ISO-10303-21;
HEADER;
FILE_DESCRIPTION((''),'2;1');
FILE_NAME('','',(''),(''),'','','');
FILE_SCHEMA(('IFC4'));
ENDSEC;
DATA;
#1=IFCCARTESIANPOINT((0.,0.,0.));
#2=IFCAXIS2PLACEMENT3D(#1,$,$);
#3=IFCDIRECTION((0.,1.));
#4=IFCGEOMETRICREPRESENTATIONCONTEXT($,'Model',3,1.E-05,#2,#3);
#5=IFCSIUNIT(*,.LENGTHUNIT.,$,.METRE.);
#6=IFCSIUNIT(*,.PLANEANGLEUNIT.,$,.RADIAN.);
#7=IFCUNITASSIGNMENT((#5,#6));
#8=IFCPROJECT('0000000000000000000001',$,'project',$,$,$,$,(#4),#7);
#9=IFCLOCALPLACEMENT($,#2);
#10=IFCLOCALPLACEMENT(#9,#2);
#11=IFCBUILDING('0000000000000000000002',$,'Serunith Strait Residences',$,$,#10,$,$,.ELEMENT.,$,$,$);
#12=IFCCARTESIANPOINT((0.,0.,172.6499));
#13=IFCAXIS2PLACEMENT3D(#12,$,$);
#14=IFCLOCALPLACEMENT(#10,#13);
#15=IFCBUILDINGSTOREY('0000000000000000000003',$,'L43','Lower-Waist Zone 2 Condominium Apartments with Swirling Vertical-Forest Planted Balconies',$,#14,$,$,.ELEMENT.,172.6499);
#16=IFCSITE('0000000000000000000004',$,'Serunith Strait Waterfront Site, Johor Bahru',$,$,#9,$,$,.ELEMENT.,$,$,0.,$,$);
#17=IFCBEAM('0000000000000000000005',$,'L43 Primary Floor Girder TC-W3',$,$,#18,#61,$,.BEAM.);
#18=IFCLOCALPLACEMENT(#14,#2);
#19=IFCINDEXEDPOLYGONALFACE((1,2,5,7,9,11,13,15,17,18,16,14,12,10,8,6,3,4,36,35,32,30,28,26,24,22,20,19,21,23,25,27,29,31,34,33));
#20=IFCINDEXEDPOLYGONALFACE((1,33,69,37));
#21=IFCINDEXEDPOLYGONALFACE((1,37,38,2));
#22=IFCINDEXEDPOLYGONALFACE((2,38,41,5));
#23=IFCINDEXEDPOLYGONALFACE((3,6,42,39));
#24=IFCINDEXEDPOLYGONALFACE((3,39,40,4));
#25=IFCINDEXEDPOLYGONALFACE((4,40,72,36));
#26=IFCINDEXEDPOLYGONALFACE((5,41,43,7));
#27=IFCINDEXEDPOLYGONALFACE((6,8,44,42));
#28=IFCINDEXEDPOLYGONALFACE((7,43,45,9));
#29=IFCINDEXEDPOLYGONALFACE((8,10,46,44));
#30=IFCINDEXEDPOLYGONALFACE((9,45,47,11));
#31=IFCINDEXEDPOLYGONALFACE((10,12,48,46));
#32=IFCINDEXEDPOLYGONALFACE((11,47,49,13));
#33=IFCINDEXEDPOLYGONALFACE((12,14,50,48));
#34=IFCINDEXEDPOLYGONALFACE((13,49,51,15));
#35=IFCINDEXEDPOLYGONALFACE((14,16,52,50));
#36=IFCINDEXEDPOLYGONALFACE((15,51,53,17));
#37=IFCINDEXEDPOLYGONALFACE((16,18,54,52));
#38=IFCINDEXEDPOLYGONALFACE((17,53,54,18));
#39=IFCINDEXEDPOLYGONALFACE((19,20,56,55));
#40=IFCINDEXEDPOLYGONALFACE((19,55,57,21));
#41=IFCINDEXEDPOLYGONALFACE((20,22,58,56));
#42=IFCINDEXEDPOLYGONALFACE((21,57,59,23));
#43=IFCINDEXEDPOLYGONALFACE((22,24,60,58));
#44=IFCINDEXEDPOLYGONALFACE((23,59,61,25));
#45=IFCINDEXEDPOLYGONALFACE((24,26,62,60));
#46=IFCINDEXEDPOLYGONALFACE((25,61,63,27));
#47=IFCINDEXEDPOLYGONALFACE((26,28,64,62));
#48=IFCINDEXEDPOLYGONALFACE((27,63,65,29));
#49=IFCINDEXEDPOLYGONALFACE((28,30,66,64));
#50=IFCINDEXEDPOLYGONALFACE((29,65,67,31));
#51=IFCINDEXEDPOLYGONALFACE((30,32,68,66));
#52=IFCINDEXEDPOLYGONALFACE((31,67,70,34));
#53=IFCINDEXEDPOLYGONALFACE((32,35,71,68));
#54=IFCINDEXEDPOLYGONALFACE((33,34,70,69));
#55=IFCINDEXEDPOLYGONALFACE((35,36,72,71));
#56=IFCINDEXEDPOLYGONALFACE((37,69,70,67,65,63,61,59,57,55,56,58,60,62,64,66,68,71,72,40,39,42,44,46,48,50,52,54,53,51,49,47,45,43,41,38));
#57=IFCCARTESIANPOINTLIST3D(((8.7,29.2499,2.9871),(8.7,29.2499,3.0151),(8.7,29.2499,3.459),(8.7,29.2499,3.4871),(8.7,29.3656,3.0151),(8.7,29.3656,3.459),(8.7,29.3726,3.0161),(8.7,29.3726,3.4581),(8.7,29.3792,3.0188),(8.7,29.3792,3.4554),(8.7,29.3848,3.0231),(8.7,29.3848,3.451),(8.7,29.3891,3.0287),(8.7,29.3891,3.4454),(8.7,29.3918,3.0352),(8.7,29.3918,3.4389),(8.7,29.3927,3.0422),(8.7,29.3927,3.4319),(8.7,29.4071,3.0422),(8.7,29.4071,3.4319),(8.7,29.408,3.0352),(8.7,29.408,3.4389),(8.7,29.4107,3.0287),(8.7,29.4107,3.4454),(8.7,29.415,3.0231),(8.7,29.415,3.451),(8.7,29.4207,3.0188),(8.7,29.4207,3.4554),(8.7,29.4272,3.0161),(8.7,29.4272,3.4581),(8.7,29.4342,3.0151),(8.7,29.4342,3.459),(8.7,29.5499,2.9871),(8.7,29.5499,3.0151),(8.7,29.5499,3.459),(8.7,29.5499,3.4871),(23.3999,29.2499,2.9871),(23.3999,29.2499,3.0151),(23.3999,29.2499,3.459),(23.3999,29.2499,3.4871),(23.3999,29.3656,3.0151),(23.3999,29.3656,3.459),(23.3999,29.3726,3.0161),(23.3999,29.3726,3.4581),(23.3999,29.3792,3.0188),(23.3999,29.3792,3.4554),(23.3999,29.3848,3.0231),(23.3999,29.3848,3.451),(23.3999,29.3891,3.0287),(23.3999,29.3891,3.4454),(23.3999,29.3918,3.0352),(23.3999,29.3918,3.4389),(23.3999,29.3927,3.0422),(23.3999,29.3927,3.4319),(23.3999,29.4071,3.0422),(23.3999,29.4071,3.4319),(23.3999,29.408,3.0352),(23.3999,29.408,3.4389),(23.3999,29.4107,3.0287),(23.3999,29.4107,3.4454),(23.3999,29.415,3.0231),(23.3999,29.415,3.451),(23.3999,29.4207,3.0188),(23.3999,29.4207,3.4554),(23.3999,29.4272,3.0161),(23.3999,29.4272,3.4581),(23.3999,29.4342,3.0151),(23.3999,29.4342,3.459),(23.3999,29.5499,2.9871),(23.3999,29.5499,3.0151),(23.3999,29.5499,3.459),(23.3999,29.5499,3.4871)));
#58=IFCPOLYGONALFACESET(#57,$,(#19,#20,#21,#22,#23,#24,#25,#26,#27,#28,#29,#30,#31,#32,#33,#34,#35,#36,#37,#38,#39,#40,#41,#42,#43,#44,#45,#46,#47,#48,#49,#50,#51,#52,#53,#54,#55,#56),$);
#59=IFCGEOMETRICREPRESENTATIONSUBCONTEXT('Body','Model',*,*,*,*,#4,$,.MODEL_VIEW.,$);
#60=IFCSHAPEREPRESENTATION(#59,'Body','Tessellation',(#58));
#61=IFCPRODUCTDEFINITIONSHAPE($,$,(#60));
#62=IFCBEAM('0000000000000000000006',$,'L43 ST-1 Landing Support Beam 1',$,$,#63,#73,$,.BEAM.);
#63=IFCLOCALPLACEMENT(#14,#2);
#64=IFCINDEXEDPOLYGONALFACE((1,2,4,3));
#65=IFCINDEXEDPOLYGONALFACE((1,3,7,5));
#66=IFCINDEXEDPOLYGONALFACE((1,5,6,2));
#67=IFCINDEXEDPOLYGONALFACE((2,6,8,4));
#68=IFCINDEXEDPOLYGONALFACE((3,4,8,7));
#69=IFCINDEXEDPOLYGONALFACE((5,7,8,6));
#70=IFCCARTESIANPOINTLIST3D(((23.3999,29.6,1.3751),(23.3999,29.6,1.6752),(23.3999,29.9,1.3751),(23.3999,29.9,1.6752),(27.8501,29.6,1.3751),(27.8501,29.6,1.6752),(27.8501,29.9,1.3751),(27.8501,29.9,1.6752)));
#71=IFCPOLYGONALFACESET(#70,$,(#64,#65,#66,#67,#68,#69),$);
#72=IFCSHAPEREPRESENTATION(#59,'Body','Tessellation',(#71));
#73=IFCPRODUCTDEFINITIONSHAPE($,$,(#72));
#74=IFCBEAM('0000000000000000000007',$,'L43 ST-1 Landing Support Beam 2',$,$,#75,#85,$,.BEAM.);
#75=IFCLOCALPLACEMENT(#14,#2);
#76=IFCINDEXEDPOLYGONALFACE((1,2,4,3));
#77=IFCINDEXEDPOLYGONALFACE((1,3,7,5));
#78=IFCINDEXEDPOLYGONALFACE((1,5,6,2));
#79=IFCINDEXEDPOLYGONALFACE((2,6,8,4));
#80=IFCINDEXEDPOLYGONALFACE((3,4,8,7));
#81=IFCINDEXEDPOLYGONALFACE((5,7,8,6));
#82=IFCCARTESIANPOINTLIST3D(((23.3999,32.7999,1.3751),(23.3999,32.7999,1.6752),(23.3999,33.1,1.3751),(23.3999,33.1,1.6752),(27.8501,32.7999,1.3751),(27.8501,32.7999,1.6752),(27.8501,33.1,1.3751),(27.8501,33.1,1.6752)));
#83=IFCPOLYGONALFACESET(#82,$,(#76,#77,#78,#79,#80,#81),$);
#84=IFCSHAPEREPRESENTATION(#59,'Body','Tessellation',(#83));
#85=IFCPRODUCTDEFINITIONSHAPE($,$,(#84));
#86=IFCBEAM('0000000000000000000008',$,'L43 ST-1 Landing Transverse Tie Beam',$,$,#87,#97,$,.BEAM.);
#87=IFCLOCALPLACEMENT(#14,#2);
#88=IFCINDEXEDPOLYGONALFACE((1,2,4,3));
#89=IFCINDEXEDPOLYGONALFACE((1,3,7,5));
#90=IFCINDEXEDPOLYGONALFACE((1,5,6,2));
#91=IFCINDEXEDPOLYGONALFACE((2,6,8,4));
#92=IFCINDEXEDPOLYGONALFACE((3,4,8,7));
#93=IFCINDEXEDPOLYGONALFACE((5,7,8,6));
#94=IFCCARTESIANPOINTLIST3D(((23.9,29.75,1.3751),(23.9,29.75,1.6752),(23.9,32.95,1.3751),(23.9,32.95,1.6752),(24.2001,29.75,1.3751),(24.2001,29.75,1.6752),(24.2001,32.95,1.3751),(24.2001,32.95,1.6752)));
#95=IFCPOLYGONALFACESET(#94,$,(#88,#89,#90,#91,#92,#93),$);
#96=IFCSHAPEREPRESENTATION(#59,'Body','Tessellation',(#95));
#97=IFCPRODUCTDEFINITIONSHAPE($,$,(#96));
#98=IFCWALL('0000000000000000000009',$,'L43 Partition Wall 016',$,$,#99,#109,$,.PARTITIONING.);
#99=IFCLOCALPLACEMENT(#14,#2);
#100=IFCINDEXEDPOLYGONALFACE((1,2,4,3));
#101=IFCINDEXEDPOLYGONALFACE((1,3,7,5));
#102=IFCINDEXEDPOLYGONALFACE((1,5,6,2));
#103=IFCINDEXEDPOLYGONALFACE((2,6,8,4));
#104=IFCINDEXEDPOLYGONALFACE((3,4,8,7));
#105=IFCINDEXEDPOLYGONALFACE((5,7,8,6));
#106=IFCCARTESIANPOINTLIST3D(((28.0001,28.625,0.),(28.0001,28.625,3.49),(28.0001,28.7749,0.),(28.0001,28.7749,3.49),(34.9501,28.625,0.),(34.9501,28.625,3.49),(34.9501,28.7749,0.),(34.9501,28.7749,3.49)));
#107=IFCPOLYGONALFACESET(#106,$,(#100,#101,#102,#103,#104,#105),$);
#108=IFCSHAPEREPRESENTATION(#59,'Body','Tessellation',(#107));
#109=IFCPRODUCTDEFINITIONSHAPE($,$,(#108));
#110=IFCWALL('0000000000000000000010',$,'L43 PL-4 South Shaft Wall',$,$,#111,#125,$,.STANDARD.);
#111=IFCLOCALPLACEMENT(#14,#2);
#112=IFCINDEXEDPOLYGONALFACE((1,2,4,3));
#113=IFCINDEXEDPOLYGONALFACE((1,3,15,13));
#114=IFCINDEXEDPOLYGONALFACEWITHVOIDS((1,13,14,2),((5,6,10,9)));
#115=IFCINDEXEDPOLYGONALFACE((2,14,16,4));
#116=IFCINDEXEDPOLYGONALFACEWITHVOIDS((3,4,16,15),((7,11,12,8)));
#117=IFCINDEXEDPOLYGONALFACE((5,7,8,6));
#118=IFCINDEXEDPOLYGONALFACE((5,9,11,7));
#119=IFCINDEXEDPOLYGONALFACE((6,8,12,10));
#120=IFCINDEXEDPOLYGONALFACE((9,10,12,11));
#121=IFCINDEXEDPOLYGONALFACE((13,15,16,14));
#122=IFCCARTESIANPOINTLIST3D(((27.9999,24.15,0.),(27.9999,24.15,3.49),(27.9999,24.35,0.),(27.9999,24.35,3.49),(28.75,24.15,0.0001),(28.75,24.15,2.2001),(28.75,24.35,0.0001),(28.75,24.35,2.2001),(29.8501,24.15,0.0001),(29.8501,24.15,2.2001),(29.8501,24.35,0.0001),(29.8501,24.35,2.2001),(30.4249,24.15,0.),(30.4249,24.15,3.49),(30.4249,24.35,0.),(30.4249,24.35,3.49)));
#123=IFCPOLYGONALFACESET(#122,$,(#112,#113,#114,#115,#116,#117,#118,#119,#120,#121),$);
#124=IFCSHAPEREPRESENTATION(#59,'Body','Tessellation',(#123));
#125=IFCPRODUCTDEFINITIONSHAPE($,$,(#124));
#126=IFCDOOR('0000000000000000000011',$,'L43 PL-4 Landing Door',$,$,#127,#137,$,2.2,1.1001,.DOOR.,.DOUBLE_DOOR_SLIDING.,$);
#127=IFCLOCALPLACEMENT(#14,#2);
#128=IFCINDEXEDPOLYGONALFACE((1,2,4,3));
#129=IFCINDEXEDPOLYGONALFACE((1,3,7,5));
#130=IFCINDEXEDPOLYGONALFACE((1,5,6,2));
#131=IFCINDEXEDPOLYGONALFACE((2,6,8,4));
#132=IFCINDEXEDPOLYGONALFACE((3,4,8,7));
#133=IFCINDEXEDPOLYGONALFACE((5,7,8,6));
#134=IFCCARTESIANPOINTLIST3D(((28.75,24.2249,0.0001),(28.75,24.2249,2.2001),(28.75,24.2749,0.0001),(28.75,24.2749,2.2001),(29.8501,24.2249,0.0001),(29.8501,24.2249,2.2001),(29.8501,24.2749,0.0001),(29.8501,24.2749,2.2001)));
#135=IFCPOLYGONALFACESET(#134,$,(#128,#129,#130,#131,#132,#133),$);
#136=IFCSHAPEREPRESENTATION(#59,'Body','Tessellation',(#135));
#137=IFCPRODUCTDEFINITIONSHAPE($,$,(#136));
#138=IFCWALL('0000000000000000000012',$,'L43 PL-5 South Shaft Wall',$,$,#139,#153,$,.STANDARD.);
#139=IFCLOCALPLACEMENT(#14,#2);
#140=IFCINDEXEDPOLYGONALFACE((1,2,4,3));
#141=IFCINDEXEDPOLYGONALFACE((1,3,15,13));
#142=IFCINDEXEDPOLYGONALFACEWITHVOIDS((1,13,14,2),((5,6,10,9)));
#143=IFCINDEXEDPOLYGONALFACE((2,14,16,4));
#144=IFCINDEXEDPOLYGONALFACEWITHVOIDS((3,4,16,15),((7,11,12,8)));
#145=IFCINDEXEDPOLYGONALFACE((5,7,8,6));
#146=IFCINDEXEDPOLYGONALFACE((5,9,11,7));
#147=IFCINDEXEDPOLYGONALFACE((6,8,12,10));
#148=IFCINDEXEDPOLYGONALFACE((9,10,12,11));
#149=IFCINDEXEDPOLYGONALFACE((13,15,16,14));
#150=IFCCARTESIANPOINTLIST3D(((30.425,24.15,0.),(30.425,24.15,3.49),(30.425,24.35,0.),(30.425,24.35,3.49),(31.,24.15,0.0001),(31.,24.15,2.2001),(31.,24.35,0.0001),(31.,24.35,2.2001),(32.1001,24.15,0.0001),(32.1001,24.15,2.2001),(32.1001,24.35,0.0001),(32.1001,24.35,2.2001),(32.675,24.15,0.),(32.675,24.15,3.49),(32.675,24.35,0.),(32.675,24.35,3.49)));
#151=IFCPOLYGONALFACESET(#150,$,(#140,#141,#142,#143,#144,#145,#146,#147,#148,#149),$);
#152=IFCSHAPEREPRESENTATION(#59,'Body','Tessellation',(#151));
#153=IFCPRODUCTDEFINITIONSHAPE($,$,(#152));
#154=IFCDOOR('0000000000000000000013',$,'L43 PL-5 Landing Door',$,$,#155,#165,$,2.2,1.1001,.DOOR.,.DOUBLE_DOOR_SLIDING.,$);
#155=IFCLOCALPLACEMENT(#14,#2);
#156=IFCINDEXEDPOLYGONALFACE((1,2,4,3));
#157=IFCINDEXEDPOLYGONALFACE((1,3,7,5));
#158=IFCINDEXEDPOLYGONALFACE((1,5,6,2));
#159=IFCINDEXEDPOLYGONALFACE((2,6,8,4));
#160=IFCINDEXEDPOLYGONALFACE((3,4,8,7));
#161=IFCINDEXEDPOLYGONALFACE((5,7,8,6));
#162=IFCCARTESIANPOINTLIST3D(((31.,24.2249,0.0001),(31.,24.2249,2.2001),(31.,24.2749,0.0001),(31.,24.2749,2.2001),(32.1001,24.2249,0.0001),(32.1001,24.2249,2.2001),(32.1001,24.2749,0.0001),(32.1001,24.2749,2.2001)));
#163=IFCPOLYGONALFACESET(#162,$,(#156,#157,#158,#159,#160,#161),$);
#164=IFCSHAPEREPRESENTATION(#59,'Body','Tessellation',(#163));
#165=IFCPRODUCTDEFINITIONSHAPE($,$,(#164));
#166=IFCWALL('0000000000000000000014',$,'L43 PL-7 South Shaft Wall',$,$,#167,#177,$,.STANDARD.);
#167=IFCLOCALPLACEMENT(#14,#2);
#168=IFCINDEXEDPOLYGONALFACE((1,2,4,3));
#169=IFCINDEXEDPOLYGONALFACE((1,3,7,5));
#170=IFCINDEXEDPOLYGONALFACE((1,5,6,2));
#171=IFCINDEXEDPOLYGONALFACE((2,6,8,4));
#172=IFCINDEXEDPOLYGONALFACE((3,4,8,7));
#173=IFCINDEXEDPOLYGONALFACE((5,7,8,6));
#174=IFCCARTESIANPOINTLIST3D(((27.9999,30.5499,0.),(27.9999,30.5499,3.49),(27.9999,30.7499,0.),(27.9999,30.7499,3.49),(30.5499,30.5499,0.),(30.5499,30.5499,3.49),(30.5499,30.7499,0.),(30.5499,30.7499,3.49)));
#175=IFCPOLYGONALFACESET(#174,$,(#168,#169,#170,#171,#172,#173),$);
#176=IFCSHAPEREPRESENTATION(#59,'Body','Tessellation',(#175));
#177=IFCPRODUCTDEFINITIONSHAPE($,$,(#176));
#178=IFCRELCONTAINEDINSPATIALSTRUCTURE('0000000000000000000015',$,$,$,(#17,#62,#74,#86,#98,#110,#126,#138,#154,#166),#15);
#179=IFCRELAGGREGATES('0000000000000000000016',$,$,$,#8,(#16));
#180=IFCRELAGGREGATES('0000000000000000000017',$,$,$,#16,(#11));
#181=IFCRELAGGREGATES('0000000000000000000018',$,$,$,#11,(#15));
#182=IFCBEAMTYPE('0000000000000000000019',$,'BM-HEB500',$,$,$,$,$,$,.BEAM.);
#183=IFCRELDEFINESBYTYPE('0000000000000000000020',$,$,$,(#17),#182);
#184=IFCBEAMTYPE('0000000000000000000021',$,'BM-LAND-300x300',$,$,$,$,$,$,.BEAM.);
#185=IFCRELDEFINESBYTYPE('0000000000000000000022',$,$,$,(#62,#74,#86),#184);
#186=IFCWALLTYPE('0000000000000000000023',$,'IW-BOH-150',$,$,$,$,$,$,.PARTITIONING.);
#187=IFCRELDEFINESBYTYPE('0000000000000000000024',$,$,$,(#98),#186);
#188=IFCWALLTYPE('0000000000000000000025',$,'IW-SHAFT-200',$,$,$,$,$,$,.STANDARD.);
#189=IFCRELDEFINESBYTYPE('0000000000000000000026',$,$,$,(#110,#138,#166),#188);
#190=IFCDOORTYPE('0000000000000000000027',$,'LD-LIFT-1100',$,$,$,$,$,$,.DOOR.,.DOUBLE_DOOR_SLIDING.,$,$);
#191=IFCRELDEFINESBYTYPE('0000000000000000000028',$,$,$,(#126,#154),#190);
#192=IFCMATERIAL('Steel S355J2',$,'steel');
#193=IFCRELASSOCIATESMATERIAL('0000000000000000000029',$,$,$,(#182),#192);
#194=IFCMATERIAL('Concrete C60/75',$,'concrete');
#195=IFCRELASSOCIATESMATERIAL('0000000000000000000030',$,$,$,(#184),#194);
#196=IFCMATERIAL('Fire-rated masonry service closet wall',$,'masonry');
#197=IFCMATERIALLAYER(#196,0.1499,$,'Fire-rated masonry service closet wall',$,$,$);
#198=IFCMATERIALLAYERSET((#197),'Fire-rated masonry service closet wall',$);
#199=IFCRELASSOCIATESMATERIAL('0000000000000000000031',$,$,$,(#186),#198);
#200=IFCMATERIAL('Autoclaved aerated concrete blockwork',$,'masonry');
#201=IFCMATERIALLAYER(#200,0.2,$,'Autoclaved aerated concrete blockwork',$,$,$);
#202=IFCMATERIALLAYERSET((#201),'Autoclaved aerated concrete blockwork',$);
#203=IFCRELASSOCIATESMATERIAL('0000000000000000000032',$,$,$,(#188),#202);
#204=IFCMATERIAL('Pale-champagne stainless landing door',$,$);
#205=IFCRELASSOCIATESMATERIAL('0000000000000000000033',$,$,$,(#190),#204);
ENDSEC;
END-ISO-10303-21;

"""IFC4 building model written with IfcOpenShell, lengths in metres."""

from ifc_helpers import new_model, si_unit, direction, frame, frame_2d, origin, origin_2d, place, context, subcontext, project, spatial, rectangle, i_section, extrude, source, transform, mapped, material, layer, layer_set, material_profile, profile_set, type_object, element, fill, save


model = new_model("IFC4")

# Units and contexts
model_context = context("Model", 3, precision=1e-05, world=origin(), true_north=direction((0.0, 1.0)))
body_context = subcontext(model_context, "Body", "Model", "MODEL_VIEW")
ifc_project = project(units=[si_unit("LENGTHUNIT", "METRE"), si_unit("PLANEANGLEUNIT", "RADIAN")], contexts=[model_context])

# Site, building, storey
site_placement = place(None, origin())
site = spatial("IfcSite", under=ifc_project, at=site_placement, Name="Serunith Strait Waterfront Site, Johor Bahru", CompositionType="ELEMENT", RefElevation=0.0)
building_placement = place(site_placement, origin())
building = spatial("IfcBuilding", under=site, at=building_placement, Name="Serunith Strait Residences", CompositionType="ELEMENT")
storey_placement = place(building_placement, frame((0.0, 0.0, 172.6499)))
storey = spatial("IfcBuildingStorey", under=building, at=storey_placement, Name="L43", Description="Lower-Waist Zone 2 Condominium Apartments with Swirling Vertical-Forest Planted Balconies", CompositionType="ELEMENT", Elevation=172.6499)

# Beams
ifc_material_1 = material(Name="Steel S355J2", Category="steel")
ifc_material_profile_1 = material_profile(ifc_material_1, i_section(OverallWidth=0.3, OverallDepth=0.5, WebThickness=0.0144, FlangeThickness=0.0281, FilletRadius=0.0271, at=origin_2d()), Name="HEB 500")
ifc_profile_set_1 = profile_set([ifc_material_profile_1], Name="Steel S355J2")
beam_type_1 = type_object("IfcBeamType", Name="BM-HEB500", PredefinedType="BEAM", material=ifc_profile_set_1)
shared_shape_1 = source(origin(), body_context, "Body", "SweptSolid", [
    extrude(i_section(OverallWidth=0.3, OverallDepth=0.5, WebThickness=0.0144, FlangeThickness=0.0281, FilletRadius=0.0271, at=origin_2d()), origin(), (0.0, 0.0, 1.0), 14.7),
])
beam_1_placement = place(storey_placement, frame((23.3999, 29.3999, 3.2371), z_axis=(-1.0, 0.0, 0.0), x_axis=(0.0, -1.0, 0.0)))
element("IfcBeam", 1, at=beam_1_placement, inside=storey, type_object=beam_type_1, Name="L43 Primary Floor Girder TC-W3", PredefinedType="BEAM", context=body_context, shape_type="MappedRepresentation", body=[
    mapped(shared_shape_1, transform((0.0, 0.0, 0.0), scale=1.0)),
])
ifc_material_2 = material(Name="Concrete C60/75", Category="concrete")
ifc_material_profile_2 = material_profile(ifc_material_2, rectangle(XDim=0.3, YDim=0.3, at=origin_2d()), Name="RC 300x300")
ifc_profile_set_2 = profile_set([ifc_material_profile_2], Name="Concrete C60/75")
beam_type_2 = type_object("IfcBeamType", Name="BM-LAND-300x300", PredefinedType="BEAM", material=ifc_profile_set_2)
shared_shape_2 = source(origin(), body_context, "Body", "SweptSolid", [
    extrude(rectangle(XDim=0.3, YDim=0.3, at=origin_2d()), origin(), (0.0, 0.0, 1.0), 4.4502),
])
for number, where, z_axis, x_axis, name in (
    (2, (23.3999, 29.75, 1.5251), (1.0, 0.0, 0.0), (0.0, 1.0, 0.0), "L43 ST-1 Landing Support Beam 1"),
    (3, (23.3999, 32.95, 1.5251), (1.0, 0.0, 0.0), (0.0, 1.0, 0.0), "L43 ST-1 Landing Support Beam 2"),
):
    element("IfcBeam", number, at=place(storey_placement, frame(where, z_axis=z_axis, x_axis=x_axis)), inside=storey, type_object=beam_type_2, Name=name, PredefinedType="BEAM", context=body_context, shape_type="MappedRepresentation", body=[
        mapped(shared_shape_2, transform((0.0, 0.0, 0.0), scale=1.0)),
    ])
shared_shape_3 = source(origin(), body_context, "Body", "SweptSolid", [
    extrude(rectangle(XDim=0.3, YDim=0.3, at=origin_2d()), origin(), (0.0, 0.0, 1.0), 3.2),
])
beam_2_placement = place(storey_placement, frame((24.05, 29.75, 1.5251), z_axis=(0.0, 1.0, 0.0), x_axis=(-1.0, 0.0, 0.0)))
element("IfcBeam", 4, at=beam_2_placement, inside=storey, type_object=beam_type_2, Name="L43 ST-1 Landing Transverse Tie Beam", PredefinedType="BEAM", context=body_context, shape_type="MappedRepresentation", body=[
    mapped(shared_shape_3, transform((0.0, 0.0, 0.0), scale=1.0)),
])

# Wall
ifc_material_3 = material(Name="Fire-rated masonry service closet wall", Category="masonry")
ifc_layer_1 = layer(ifc_material_3, 0.1499, Name="Fire-rated masonry service closet wall")
ifc_layer_set_1 = layer_set([ifc_layer_1], Name="Fire-rated masonry service closet wall")
wall_type_1 = type_object("IfcWallType", Name="IW-BOH-150", PredefinedType="PARTITIONING", material=ifc_layer_set_1)
wall_1_placement = place(storey_placement, frame((28.0, 28.7, 0.0), z_axis=(0.0, 0.0, 1.0), x_axis=(1.0, 0.0, 0.0)))
element("IfcWall", 5, at=wall_1_placement, inside=storey, type_object=wall_type_1, Name="L43 Partition Wall 016", PredefinedType="PARTITIONING", context=body_context, shape_type="SweptSolid", body=[
    extrude(rectangle(XDim=6.95, YDim=0.1499, at=frame_2d((3.4751, 0.0))), origin(), (0.0, 0.0, 1.0), 3.49),
])

# Walls, openings, doors
ifc_material_4 = material(Name="Autoclaved aerated concrete blockwork", Category="masonry")
ifc_layer_2 = layer(ifc_material_4, 0.2, Name="Autoclaved aerated concrete blockwork")
ifc_layer_set_2 = layer_set([ifc_layer_2], Name="Autoclaved aerated concrete blockwork")
wall_type_2 = type_object("IfcWallType", Name="IW-SHAFT-200", PredefinedType="STANDARD", material=ifc_layer_set_2)
wall_2_placement = place(storey_placement, frame((28.0, 24.25, 0.0), z_axis=(0.0, 0.0, 1.0), x_axis=(1.0, 0.0, 0.0)))
wall_2 = element("IfcWall", 6, at=wall_2_placement, inside=storey, type_object=wall_type_2, Name="L43 PL-4 South Shaft Wall", PredefinedType="STANDARD", context=body_context, shape_type="SweptSolid", body=[
    extrude(rectangle(XDim=2.425, YDim=0.2, at=frame_2d((1.2124, 0.0))), origin(), (0.0, 0.0, 1.0), 3.49),
])
opening_1_placement = place(wall_2_placement, frame((0.75, 0.0, 0.0)))
opening_1 = element("IfcOpeningElement", 7, at=opening_1_placement, cuts=wall_2, PredefinedType="OPENING", context=body_context, shape_type="SweptSolid", body=[
    extrude(rectangle(XDim=1.1001, YDim=2.2, at=frame_2d((0.55, 1.1001))), frame((0.0, 0.1099, 0.0), z_axis=(0.0, -1.0, 0.0), x_axis=(1.0, 0.0, 0.0)), (0.0, 0.0, 1.0), 0.22),
])
ifc_material_5 = material(Name="Pale-champagne stainless landing door")
door_type_1 = type_object("IfcDoorType", Name="LD-LIFT-1100", OperationType="DOUBLE_DOOR_SLIDING", PredefinedType="DOOR", material=ifc_material_5)
shared_shape_4 = source(origin(), body_context, "Body", "SweptSolid", [
    extrude(rectangle(XDim=1.1001, YDim=2.2, at=frame_2d((0.55, 1.1001))), frame((0.0, 0.0249, 0.0), z_axis=(0.0, -1.0, 0.0), x_axis=(1.0, 0.0, 0.0)), (0.0, 0.0, 1.0), 0.05),
])
door_1_placement = place(opening_1_placement, origin())
door_1 = element("IfcDoor", 8, at=door_1_placement, inside=storey, type_object=door_type_1, Name="L43 PL-4 Landing Door", OperationType="DOUBLE_DOOR_SLIDING", OverallHeight=2.2, OverallWidth=1.1001, PredefinedType="DOOR", context=body_context, shape_type="MappedRepresentation", body=[
    mapped(shared_shape_4, transform((0.0, 0.0, 0.0), scale=1.0)),
])
fill(opening_1, door_1)
wall_3_placement = place(storey_placement, frame((30.425, 24.25, 0.0), z_axis=(0.0, 0.0, 1.0), x_axis=(1.0, 0.0, 0.0)))
wall_3 = element("IfcWall", 9, at=wall_3_placement, inside=storey, type_object=wall_type_2, Name="L43 PL-5 South Shaft Wall", PredefinedType="STANDARD", context=body_context, shape_type="SweptSolid", body=[
    extrude(rectangle(XDim=2.25, YDim=0.2, at=frame_2d((1.125, 0.0))), origin(), (0.0, 0.0, 1.0), 3.49),
])
opening_2_placement = place(wall_3_placement, frame((0.575, 0.0, 0.0)))
opening_2 = element("IfcOpeningElement", 10, at=opening_2_placement, cuts=wall_3, PredefinedType="OPENING", context=body_context, shape_type="SweptSolid", body=[
    extrude(rectangle(XDim=1.1001, YDim=2.2, at=frame_2d((0.55, 1.1001))), frame((0.0, 0.1099, 0.0), z_axis=(0.0, -1.0, 0.0), x_axis=(1.0, 0.0, 0.0)), (0.0, 0.0, 1.0), 0.22),
])
door_2_placement = place(opening_2_placement, origin())
door_2 = element("IfcDoor", 11, at=door_2_placement, inside=storey, type_object=door_type_1, Name="L43 PL-5 Landing Door", OperationType="DOUBLE_DOOR_SLIDING", OverallHeight=2.2, OverallWidth=1.1001, PredefinedType="DOOR", context=body_context, shape_type="MappedRepresentation", body=[
    mapped(shared_shape_4, transform((0.0, 0.0, 0.0), scale=1.0)),
])
fill(opening_2, door_2)

# Wall
wall_4_placement = place(storey_placement, frame((28.0, 30.6499, 0.0), z_axis=(0.0, 0.0, 1.0), x_axis=(1.0, 0.0, 0.0)))
element("IfcWall", 12, at=wall_4_placement, inside=storey, type_object=wall_type_2, Name="L43 PL-7 South Shaft Wall", PredefinedType="STANDARD", context=body_context, shape_type="SweptSolid", body=[
    extrude(rectangle(XDim=2.55, YDim=0.2, at=frame_2d((1.2749, 0.0))), origin(), (0.0, 0.0, 1.0), 3.49),
])

save(model, "model.ifc")
